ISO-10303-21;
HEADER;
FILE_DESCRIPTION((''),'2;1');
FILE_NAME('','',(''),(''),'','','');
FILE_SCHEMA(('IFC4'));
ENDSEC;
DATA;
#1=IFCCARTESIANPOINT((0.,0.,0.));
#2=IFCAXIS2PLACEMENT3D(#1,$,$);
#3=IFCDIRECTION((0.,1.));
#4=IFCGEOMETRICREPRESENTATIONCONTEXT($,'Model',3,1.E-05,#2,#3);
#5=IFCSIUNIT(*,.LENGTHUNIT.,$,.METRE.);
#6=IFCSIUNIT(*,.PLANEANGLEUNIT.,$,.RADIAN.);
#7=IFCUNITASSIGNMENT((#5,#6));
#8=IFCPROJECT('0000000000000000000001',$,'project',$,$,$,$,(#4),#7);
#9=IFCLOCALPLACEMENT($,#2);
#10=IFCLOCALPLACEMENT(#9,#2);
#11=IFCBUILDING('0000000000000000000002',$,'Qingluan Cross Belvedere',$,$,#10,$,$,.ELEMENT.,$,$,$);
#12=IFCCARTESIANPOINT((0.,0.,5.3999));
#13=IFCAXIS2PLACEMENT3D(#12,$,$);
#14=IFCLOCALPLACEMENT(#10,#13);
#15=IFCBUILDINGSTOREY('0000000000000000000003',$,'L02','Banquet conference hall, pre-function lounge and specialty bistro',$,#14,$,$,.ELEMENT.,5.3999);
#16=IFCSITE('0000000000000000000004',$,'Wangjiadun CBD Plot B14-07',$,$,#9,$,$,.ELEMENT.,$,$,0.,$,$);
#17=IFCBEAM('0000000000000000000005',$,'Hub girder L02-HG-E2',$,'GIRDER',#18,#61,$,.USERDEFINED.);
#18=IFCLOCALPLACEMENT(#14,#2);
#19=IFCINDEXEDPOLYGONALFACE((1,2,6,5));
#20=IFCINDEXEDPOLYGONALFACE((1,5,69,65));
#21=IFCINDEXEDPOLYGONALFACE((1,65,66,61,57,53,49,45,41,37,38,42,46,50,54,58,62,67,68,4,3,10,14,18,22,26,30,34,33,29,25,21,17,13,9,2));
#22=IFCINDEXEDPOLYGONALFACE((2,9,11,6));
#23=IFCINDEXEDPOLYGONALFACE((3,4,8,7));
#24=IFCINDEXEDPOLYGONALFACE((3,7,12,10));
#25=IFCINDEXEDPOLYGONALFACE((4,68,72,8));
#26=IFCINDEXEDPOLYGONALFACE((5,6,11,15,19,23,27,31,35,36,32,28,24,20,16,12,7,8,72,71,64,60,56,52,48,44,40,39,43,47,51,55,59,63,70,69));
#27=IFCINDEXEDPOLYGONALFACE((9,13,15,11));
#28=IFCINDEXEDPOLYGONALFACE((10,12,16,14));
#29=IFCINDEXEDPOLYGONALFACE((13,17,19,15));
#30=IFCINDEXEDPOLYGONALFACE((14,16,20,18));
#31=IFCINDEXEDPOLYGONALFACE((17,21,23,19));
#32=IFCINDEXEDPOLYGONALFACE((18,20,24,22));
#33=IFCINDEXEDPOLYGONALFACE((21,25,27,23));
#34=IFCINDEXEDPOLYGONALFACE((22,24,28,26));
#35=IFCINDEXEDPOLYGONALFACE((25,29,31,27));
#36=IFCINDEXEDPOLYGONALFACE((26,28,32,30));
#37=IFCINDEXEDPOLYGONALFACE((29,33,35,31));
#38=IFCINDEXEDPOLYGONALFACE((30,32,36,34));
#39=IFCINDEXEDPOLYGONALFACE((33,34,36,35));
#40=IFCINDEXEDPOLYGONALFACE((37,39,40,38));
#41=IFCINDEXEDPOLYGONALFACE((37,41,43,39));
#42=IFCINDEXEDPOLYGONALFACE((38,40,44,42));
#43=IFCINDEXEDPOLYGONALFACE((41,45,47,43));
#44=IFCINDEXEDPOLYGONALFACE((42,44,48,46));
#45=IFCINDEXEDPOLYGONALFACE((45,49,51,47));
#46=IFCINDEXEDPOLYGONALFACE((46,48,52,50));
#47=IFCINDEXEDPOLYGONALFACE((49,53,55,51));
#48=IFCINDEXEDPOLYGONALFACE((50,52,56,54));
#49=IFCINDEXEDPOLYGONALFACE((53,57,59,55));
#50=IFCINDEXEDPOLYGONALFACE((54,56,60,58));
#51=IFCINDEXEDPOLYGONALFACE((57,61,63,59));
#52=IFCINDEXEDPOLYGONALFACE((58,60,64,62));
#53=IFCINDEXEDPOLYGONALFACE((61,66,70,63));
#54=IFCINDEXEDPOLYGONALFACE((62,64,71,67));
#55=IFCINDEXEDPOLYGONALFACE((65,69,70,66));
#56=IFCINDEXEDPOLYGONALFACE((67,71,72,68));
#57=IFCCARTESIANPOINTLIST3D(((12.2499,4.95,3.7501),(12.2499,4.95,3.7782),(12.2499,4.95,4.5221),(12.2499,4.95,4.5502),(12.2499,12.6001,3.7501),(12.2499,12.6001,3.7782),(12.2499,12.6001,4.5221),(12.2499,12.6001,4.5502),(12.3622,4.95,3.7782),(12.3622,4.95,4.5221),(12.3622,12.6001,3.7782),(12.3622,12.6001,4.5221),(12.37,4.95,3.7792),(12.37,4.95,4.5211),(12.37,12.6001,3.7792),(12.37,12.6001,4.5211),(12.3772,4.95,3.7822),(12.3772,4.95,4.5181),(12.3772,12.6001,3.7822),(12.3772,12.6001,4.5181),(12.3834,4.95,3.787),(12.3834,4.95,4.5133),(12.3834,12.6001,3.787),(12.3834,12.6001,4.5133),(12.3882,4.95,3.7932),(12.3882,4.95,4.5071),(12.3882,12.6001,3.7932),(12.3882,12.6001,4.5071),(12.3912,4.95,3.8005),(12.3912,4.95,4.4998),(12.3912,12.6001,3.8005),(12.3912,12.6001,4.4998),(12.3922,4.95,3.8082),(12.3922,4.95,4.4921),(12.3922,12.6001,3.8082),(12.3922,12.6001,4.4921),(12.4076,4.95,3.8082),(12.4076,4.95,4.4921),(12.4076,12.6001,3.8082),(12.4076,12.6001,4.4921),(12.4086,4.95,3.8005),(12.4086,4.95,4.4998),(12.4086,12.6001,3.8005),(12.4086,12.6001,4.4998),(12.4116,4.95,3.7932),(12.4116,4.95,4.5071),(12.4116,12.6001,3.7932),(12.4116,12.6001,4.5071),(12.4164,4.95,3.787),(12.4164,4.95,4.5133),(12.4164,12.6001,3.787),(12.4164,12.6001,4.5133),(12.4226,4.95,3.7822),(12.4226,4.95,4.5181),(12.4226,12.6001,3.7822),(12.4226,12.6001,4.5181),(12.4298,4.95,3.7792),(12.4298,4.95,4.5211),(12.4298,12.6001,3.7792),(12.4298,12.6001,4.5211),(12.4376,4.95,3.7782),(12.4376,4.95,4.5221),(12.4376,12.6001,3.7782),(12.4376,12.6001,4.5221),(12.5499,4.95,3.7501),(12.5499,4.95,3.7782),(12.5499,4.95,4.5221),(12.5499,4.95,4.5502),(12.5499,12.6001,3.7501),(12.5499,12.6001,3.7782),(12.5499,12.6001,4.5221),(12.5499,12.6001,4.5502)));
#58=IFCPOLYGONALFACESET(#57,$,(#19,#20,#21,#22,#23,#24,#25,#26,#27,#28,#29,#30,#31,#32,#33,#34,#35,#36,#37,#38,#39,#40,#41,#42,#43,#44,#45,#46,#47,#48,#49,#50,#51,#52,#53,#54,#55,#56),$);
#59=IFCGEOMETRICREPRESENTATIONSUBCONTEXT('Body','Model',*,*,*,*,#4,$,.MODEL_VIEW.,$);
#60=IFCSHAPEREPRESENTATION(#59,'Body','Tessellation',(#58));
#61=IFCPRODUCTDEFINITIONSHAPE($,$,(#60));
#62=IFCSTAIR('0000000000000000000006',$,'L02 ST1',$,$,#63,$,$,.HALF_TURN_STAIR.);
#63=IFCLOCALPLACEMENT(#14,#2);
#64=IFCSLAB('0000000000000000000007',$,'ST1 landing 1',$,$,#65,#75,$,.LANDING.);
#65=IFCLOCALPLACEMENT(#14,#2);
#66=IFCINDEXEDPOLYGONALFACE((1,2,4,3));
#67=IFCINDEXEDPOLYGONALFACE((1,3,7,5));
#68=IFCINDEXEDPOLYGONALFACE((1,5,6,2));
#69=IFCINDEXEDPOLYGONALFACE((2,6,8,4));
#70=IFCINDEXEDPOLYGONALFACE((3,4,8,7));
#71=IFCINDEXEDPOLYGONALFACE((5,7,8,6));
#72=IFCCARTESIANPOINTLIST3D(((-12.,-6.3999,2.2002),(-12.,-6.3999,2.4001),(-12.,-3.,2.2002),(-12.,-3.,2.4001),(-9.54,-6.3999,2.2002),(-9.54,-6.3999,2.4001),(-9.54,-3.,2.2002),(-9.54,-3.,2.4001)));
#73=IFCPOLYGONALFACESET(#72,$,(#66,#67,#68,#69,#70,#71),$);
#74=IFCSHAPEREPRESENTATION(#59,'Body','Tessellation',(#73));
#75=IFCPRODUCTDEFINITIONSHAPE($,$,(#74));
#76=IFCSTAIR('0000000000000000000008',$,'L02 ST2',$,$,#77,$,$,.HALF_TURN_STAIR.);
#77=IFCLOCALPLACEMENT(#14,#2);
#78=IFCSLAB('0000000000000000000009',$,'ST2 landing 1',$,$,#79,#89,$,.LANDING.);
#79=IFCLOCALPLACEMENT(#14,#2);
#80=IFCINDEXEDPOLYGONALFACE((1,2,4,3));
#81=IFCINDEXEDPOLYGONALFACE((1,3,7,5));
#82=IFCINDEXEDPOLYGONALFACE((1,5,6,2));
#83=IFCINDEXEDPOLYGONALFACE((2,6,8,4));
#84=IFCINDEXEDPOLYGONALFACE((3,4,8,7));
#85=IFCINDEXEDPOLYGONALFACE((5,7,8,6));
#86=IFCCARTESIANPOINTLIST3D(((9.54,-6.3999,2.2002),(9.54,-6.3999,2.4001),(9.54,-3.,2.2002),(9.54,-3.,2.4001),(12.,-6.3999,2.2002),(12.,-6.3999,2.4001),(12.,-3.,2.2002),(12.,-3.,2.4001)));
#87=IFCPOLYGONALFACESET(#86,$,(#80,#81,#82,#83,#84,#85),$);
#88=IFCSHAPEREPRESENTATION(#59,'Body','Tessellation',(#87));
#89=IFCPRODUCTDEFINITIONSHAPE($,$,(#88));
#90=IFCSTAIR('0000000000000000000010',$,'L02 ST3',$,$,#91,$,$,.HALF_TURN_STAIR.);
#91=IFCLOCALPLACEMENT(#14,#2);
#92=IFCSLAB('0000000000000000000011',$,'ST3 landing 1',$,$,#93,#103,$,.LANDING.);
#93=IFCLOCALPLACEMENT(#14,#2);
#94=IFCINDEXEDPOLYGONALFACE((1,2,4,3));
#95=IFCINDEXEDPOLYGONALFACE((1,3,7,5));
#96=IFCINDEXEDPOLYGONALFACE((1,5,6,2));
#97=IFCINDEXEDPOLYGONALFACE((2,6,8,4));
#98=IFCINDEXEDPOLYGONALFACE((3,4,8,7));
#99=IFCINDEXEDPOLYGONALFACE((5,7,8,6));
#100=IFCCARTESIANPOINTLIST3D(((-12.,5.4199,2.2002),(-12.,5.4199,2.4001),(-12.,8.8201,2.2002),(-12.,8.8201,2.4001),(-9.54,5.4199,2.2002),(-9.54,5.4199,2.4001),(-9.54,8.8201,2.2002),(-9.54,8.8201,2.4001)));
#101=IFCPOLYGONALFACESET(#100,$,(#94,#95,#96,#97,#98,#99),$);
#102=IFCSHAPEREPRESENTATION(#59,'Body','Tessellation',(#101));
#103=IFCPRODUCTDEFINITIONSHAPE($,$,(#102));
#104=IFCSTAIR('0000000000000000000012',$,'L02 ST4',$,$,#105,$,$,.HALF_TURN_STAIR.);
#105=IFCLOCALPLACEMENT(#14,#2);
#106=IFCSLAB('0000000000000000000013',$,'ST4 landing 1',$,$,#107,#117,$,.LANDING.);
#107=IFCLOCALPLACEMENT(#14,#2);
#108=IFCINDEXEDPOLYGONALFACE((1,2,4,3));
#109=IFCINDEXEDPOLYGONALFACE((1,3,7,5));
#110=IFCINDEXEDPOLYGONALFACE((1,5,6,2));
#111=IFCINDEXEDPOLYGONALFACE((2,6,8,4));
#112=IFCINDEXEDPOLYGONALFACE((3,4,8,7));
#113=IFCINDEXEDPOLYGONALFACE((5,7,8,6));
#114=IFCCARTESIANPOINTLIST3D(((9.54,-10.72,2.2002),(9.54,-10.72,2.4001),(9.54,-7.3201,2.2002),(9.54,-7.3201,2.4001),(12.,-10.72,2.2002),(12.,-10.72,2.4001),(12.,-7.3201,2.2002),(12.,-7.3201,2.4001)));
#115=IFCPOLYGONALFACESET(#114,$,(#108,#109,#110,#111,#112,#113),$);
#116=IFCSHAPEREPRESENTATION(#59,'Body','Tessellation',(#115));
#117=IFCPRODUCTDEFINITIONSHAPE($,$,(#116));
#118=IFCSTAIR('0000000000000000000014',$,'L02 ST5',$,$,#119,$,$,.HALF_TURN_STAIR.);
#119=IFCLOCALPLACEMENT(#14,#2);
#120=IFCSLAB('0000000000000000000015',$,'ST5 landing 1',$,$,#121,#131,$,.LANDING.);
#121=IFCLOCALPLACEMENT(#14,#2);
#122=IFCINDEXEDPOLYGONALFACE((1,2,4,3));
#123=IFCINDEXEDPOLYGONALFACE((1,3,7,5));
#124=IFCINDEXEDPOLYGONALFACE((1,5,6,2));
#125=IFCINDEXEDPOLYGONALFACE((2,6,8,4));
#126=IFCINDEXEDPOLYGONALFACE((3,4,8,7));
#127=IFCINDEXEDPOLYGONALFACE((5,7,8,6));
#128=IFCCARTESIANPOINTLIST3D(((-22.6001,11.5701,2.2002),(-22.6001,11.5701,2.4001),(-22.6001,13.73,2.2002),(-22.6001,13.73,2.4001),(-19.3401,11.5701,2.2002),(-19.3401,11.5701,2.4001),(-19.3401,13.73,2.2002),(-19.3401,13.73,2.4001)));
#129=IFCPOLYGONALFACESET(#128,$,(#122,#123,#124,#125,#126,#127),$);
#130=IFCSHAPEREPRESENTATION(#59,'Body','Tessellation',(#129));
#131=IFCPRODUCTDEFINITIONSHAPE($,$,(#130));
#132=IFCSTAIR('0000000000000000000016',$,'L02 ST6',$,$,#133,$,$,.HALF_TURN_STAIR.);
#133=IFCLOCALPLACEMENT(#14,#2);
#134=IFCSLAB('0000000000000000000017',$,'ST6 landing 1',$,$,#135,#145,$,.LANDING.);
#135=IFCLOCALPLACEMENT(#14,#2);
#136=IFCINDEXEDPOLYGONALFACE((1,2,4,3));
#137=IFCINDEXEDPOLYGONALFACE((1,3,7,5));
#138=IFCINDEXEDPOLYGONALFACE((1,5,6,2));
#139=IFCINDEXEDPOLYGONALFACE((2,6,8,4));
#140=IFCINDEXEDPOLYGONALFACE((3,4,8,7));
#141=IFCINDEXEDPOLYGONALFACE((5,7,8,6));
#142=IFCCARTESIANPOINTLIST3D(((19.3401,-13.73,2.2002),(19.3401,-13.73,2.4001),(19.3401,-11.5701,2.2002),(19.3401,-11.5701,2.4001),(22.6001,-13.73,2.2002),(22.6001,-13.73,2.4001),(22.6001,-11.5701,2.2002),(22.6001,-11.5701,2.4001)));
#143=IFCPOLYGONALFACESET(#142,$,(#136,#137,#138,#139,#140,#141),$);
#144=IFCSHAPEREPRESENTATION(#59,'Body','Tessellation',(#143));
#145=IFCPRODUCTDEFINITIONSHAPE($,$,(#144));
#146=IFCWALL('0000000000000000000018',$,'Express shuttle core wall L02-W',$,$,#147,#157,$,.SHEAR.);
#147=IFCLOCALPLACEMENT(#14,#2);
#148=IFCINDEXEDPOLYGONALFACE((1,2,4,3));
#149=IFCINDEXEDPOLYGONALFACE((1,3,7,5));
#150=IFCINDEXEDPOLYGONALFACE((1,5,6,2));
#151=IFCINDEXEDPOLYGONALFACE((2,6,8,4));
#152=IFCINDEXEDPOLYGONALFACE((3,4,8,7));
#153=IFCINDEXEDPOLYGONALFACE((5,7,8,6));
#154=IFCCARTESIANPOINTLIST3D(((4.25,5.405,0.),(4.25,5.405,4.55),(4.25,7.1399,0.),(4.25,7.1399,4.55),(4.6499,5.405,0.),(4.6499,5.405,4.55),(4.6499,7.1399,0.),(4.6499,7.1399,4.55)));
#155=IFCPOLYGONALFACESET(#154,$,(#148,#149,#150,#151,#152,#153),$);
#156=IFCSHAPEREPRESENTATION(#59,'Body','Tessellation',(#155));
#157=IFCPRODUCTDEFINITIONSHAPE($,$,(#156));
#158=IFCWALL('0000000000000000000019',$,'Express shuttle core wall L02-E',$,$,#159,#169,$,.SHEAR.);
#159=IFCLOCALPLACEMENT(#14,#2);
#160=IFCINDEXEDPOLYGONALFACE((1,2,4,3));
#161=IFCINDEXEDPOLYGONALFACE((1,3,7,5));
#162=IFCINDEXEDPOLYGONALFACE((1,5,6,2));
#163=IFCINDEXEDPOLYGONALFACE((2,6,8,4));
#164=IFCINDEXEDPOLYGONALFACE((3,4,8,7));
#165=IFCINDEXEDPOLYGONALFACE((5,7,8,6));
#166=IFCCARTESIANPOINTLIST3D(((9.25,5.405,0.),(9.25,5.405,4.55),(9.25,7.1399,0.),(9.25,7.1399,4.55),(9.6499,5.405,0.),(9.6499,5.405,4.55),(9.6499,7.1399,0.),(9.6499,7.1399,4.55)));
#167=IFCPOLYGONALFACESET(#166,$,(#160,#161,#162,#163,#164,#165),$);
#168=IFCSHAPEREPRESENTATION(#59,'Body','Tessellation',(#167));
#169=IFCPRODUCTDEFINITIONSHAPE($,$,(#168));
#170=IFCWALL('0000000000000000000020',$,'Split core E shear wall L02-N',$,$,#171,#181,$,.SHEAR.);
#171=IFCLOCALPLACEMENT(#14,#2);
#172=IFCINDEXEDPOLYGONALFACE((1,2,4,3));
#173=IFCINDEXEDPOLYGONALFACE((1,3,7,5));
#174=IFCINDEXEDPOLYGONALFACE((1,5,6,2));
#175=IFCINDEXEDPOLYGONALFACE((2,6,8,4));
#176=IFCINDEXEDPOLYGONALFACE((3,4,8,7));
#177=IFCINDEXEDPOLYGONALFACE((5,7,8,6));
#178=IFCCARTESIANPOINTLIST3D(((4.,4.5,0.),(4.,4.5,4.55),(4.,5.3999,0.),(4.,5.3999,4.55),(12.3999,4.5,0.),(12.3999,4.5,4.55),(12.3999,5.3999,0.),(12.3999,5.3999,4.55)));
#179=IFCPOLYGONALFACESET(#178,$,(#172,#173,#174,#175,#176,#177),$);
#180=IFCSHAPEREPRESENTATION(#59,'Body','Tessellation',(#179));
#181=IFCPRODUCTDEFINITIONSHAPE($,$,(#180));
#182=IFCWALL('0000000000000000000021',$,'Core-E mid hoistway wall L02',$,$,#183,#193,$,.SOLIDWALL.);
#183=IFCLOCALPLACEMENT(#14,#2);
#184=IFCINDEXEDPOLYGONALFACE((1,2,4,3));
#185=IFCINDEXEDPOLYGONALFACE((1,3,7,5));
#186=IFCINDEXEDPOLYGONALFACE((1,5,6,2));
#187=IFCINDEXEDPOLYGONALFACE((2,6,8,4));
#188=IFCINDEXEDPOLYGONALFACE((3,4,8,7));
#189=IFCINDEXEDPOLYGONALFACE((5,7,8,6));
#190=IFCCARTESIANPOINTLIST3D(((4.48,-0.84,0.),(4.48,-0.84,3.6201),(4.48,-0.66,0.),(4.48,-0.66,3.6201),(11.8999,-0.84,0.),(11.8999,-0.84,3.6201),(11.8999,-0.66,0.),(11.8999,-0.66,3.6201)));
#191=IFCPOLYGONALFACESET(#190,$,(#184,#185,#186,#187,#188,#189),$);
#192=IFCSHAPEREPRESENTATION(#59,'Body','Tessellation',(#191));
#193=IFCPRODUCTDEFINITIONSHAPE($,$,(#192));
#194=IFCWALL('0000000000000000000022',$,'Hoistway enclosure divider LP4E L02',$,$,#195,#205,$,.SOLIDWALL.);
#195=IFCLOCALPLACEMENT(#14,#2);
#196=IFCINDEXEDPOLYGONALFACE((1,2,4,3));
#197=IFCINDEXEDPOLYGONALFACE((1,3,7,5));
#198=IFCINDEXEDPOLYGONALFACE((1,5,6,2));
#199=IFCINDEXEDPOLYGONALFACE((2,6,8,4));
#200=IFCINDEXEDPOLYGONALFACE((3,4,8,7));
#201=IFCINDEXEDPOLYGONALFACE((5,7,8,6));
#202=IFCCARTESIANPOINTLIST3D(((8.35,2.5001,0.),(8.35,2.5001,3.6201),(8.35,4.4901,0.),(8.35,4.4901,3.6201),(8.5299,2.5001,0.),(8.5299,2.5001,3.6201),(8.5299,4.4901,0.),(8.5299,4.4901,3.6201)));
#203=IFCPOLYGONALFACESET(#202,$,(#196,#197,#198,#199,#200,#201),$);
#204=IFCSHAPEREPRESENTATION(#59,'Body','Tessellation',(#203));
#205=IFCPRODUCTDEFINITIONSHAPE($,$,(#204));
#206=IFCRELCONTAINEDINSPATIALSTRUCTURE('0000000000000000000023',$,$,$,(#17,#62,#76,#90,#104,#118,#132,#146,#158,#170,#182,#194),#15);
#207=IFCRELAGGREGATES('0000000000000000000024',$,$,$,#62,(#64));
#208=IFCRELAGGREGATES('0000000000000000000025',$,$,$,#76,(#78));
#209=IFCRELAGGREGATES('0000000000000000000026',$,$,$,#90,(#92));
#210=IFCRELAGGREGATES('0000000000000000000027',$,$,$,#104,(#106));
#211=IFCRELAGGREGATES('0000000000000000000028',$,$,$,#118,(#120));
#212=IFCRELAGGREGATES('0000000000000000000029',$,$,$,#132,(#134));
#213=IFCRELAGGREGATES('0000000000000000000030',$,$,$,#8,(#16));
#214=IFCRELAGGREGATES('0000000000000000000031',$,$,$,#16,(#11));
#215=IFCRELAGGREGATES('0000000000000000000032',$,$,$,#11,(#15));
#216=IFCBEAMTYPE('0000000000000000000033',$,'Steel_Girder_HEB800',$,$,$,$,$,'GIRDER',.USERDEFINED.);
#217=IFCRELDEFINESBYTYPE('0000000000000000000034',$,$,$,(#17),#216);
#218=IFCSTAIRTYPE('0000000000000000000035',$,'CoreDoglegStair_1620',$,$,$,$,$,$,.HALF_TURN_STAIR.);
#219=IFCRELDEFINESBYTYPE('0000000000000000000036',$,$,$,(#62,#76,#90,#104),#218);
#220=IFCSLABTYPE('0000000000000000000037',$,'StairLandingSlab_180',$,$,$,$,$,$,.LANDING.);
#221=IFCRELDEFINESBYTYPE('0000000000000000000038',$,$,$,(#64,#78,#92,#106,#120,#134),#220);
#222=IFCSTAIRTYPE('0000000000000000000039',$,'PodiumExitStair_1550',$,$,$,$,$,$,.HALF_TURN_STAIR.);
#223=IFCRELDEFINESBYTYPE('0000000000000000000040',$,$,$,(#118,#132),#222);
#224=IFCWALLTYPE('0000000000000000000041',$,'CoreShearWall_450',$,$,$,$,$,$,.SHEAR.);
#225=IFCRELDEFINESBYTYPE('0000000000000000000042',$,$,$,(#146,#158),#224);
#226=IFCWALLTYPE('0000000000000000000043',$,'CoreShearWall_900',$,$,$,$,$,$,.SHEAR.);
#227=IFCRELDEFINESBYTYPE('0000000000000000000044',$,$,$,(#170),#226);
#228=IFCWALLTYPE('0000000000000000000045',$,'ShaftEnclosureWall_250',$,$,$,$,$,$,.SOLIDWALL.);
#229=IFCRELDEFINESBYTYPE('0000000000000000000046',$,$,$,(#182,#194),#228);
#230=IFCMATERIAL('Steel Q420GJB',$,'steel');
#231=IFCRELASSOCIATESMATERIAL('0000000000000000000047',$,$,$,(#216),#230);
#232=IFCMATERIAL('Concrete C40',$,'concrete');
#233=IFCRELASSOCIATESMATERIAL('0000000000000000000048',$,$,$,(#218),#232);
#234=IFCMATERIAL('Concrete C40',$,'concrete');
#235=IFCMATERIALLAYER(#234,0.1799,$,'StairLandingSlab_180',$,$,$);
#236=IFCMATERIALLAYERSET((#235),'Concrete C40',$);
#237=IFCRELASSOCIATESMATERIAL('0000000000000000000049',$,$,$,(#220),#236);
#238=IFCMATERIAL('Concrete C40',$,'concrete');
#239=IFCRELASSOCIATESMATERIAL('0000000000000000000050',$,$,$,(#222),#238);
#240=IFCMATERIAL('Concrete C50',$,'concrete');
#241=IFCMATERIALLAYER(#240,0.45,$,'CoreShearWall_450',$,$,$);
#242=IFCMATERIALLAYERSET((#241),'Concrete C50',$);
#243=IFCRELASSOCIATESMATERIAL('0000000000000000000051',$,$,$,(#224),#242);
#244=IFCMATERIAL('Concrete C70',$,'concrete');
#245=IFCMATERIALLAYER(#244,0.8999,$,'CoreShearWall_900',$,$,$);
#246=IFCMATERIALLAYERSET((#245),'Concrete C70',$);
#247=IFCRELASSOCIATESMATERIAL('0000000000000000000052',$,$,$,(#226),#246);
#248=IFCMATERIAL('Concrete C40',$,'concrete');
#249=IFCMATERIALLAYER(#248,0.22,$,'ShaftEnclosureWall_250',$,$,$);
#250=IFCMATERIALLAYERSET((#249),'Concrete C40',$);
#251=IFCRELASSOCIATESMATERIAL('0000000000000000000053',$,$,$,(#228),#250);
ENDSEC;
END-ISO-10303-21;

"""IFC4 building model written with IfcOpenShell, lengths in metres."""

from ifc_helpers import new_model, si_unit, direction, frame, frame_2d, origin, origin_2d, place, context, subcontext, project, spatial, polyline, rectangle, i_section, outline, extrude, material, layer, layer_set, material_profile, profile_set, type_object, element, aggregate, save


model = new_model("IFC4")

# Units and contexts
model_context = context("Model", 3, precision=1e-05, world=origin(), true_north=direction((0.0, 1.0)))
body_context = subcontext(model_context, "Body", "Model", "MODEL_VIEW")
ifc_project = project(units=[si_unit("LENGTHUNIT", "METRE"), si_unit("PLANEANGLEUNIT", "RADIAN")], contexts=[model_context])

# Site, building, storey
site_placement = place(None, origin())
site = spatial("IfcSite", under=ifc_project, at=site_placement, Name="Wangjiadun CBD Plot B14-07", CompositionType="ELEMENT", RefElevation=0.0)
building_placement = place(site_placement, origin())
building = spatial("IfcBuilding", under=site, at=building_placement, Name="Qingluan Cross Belvedere", CompositionType="ELEMENT")
storey_placement = place(building_placement, frame((0.0, 0.0, 5.3999)))
storey = spatial("IfcBuildingStorey", under=building, at=storey_placement, Name="L02", Description="Banquet conference hall, pre-function lounge and specialty bistro", CompositionType="ELEMENT", Elevation=5.3999)

# Beam
ifc_material_1 = material(Name="Steel Q420GJB", Category="steel")
ifc_material_profile = material_profile(ifc_material_1, i_section(OverallWidth=0.3, OverallDepth=0.8, WebThickness=0.0154, FlangeThickness=0.0281, FilletRadius=0.03, at=origin_2d()), Name="HEB800")
ifc_profile_set = profile_set([ifc_material_profile], Name="Steel Q420GJB")
beam_type = type_object("IfcBeamType", Name="Steel_Girder_HEB800", ElementType="GIRDER", PredefinedType="USERDEFINED", material=ifc_profile_set)
beam_placement = place(storey_placement, frame((12.3999, 4.95, 4.1501), z_axis=(0.0, 1.0, 0.0), x_axis=(-1.0, 0.0, 0.0)))
element("IfcBeam", 1, at=beam_placement, inside=storey, type_object=beam_type, Name="Hub girder L02-HG-E2", ObjectType="GIRDER", PredefinedType="USERDEFINED", context=body_context, shape_type="SweptSolid", body=[
    extrude(i_section(OverallWidth=0.3, OverallDepth=0.8, WebThickness=0.0154, FlangeThickness=0.0281, FilletRadius=0.03, at=origin_2d()), origin(), (0.0, 0.0, 1.0), 7.6501),
])

# Stairs, slabs
ifc_material_2 = material(Name="Concrete C40", Category="concrete")
stair_type_1 = type_object("IfcStairType", Name="CoreDoglegStair_1620", PredefinedType="HALF_TURN_STAIR", material=ifc_material_2)
stair_1_placement = place(storey_placement, origin())
stair_1 = element("IfcStair", 2, at=stair_1_placement, inside=storey, type_object=stair_type_1, Name="L02 ST1", PredefinedType="HALF_TURN_STAIR")
ifc_material_3 = material(Name="Concrete C40", Category="concrete")
ifc_layer_1 = layer(ifc_material_3, 0.1799, Name="StairLandingSlab_180")
ifc_layer_set_1 = layer_set([ifc_layer_1], Name="Concrete C40")
slab_type = type_object("IfcSlabType", Name="StairLandingSlab_180", PredefinedType="LANDING", material=ifc_layer_set_1)
slab_1_placement = place(storey_placement, frame((0.0, 0.0, 2.2002)))
slab_1 = element("IfcSlab", 3, at=slab_1_placement, type_object=slab_type, Name="ST1 landing 1", PredefinedType="LANDING", context=body_context, shape_type="SweptSolid", body=[
    extrude(outline(polyline([(-9.54, -3.0), (-12.0, -3.0), (-12.0, -6.3999), (-9.54, -6.3999), (-9.54, -3.0)])), origin(), (0.0, 0.0, 1.0), 0.2),
])
aggregate(stair_1, [slab_1])
stair_2_placement = place(storey_placement, origin())
stair_2 = element("IfcStair", 4, at=stair_2_placement, inside=storey, type_object=stair_type_1, Name="L02 ST2", PredefinedType="HALF_TURN_STAIR")
slab_2_placement = place(storey_placement, frame((0.0, 0.0, 2.2002)))
slab_2 = element("IfcSlab", 5, at=slab_2_placement, type_object=slab_type, Name="ST2 landing 1", PredefinedType="LANDING", context=body_context, shape_type="SweptSolid", body=[
    extrude(outline(polyline([(9.54, -6.3999), (12.0, -6.3999), (12.0, -3.0), (9.54, -3.0), (9.54, -6.3999)])), origin(), (0.0, 0.0, 1.0), 0.2),
])
aggregate(stair_2, [slab_2])
stair_3_placement = place(storey_placement, origin())
stair_3 = element("IfcStair", 6, at=stair_3_placement, inside=storey, type_object=stair_type_1, Name="L02 ST3", PredefinedType="HALF_TURN_STAIR")
slab_3_placement = place(storey_placement, frame((0.0, 0.0, 2.2002)))
slab_3 = element("IfcSlab", 7, at=slab_3_placement, type_object=slab_type, Name="ST3 landing 1", PredefinedType="LANDING", context=body_context, shape_type="SweptSolid", body=[
    extrude(outline(polyline([(-9.54, 8.8201), (-12.0, 8.8201), (-12.0, 5.4199), (-9.54, 5.4199), (-9.54, 8.8201)])), origin(), (0.0, 0.0, 1.0), 0.2),
])
aggregate(stair_3, [slab_3])
stair_4_placement = place(storey_placement, origin())
stair_4 = element("IfcStair", 8, at=stair_4_placement, inside=storey, type_object=stair_type_1, Name="L02 ST4", PredefinedType="HALF_TURN_STAIR")
slab_4_placement = place(storey_placement, frame((0.0, 0.0, 2.2002)))
slab_4 = element("IfcSlab", 9, at=slab_4_placement, type_object=slab_type, Name="ST4 landing 1", PredefinedType="LANDING", context=body_context, shape_type="SweptSolid", body=[
    extrude(outline(polyline([(9.54, -10.72), (12.0, -10.72), (12.0, -7.3201), (9.54, -7.3201), (9.54, -10.72)])), origin(), (0.0, 0.0, 1.0), 0.2),
])
aggregate(stair_4, [slab_4])
ifc_material_4 = material(Name="Concrete C40", Category="concrete")
stair_type_2 = type_object("IfcStairType", Name="PodiumExitStair_1550", PredefinedType="HALF_TURN_STAIR", material=ifc_material_4)
stair_5_placement = place(storey_placement, origin())
stair_5 = element("IfcStair", 10, at=stair_5_placement, inside=storey, type_object=stair_type_2, Name="L02 ST5", PredefinedType="HALF_TURN_STAIR")
slab_5_placement = place(storey_placement, frame((0.0, 0.0, 2.2002)))
slab_5 = element("IfcSlab", 11, at=slab_5_placement, type_object=slab_type, Name="ST5 landing 1", PredefinedType="LANDING", context=body_context, shape_type="SweptSolid", body=[
    extrude(outline(polyline([(-19.3401, 11.5701), (-19.3401, 13.73), (-22.6001, 13.73), (-22.6001, 11.5701), (-19.3401, 11.5701)])), origin(), (0.0, 0.0, 1.0), 0.2),
])
aggregate(stair_5, [slab_5])
stair_6_placement = place(storey_placement, origin())
stair_6 = element("IfcStair", 12, at=stair_6_placement, inside=storey, type_object=stair_type_2, Name="L02 ST6", PredefinedType="HALF_TURN_STAIR")
slab_6_placement = place(storey_placement, frame((0.0, 0.0, 2.2002)))
slab_6 = element("IfcSlab", 13, at=slab_6_placement, type_object=slab_type, Name="ST6 landing 1", PredefinedType="LANDING", context=body_context, shape_type="SweptSolid", body=[
    extrude(outline(polyline([(19.3401, -11.5701), (19.3401, -13.73), (22.6001, -13.73), (22.6001, -11.5701), (19.3401, -11.5701)])), origin(), (0.0, 0.0, 1.0), 0.2),
])
aggregate(stair_6, [slab_6])

# Walls
ifc_material_5 = material(Name="Concrete C50", Category="concrete")
ifc_layer_2 = layer(ifc_material_5, 0.45, Name="CoreShearWall_450")
ifc_layer_set_2 = layer_set([ifc_layer_2], Name="Concrete C50")
wall_type_1 = type_object("IfcWallType", Name="CoreShearWall_450", PredefinedType="SHEAR", material=ifc_layer_set_2)
for number, where, z_axis, x_axis, name in (
    (14, (4.45, 5.405, 0.0), (0.0, 0.0, 1.0), (0.0, 1.0, 0.0), "Express shuttle core wall L02-W"),
    (15, (9.45, 5.405, 0.0), (0.0, 0.0, 1.0), (0.0, 1.0, 0.0), "Express shuttle core wall L02-E"),
):
    element("IfcWall", number, at=place(storey_placement, frame(where, z_axis=z_axis, x_axis=x_axis)), inside=storey, type_object=wall_type_1, Name=name, PredefinedType="SHEAR", context=body_context, shape_type="SweptSolid", body=[
        extrude(rectangle(XDim=1.7349, YDim=0.3999, at=frame_2d((0.8674, 0.0))), origin(), (0.0, 0.0, 1.0), 4.55),
    ])
ifc_material_6 = material(Name="Concrete C70", Category="concrete")
ifc_layer_3 = layer(ifc_material_6, 0.8999, Name="CoreShearWall_900")
ifc_layer_set_3 = layer_set([ifc_layer_3], Name="Concrete C70")
wall_type_2 = type_object("IfcWallType", Name="CoreShearWall_900", PredefinedType="SHEAR", material=ifc_layer_set_3)
wall_1_placement = place(storey_placement, frame((4.0, 4.95, 0.0), z_axis=(0.0, 0.0, 1.0), x_axis=(1.0, 0.0, 0.0)))
element("IfcWall", 16, at=wall_1_placement, inside=storey, type_object=wall_type_2, Name="Split core E shear wall L02-N", PredefinedType="SHEAR", context=body_context, shape_type="SweptSolid", body=[
    extrude(rectangle(XDim=8.3999, YDim=0.8999, at=frame_2d((4.2, 0.0))), origin(), (0.0, 0.0, 1.0), 4.55),
])

# Shared definitions
ifc_material_7 = material(Name="Concrete C40", Category="concrete")
ifc_layer_4 = layer(ifc_material_7, 0.22, Name="ShaftEnclosureWall_250")
ifc_layer_set_4 = layer_set([ifc_layer_4], Name="Concrete C40")
wall_type_3 = type_object("IfcWallType", Name="ShaftEnclosureWall_250", PredefinedType="SOLIDWALL", material=ifc_layer_set_4)

# Walls
wall_2_placement = place(storey_placement, frame((4.48, -0.75, 0.0), z_axis=(0.0, 0.0, 1.0), x_axis=(1.0, 0.0, 0.0)))
element("IfcWall", 17, at=wall_2_placement, inside=storey, type_object=wall_type_3, Name="Core-E mid hoistway wall L02", PredefinedType="SOLIDWALL", context=body_context, shape_type="SweptSolid", body=[
    extrude(rectangle(XDim=7.4199, YDim=0.1799, at=frame_2d((3.71, 0.0))), origin(), (0.0, 0.0, 1.0), 3.6201),
])
for number, where, z_axis, x_axis, name in (
    (18, (8.4399, 2.5, 0.0), (0.0, 0.0, 1.0), (0.0, 1.0, 0.0), "Hoistway enclosure divider LP4E L02"),
):
    element("IfcWall", number, at=place(storey_placement, frame(where, z_axis=z_axis, x_axis=x_axis)), inside=storey, type_object=wall_type_3, Name=name, PredefinedType="SOLIDWALL", context=body_context, shape_type="SweptSolid", body=[
        extrude(rectangle(XDim=1.99, YDim=0.1799, at=frame_2d((0.9951, 0.0))), origin(), (0.0, 0.0, 1.0), 3.6201),
    ])

save(model, "model.ifc")
